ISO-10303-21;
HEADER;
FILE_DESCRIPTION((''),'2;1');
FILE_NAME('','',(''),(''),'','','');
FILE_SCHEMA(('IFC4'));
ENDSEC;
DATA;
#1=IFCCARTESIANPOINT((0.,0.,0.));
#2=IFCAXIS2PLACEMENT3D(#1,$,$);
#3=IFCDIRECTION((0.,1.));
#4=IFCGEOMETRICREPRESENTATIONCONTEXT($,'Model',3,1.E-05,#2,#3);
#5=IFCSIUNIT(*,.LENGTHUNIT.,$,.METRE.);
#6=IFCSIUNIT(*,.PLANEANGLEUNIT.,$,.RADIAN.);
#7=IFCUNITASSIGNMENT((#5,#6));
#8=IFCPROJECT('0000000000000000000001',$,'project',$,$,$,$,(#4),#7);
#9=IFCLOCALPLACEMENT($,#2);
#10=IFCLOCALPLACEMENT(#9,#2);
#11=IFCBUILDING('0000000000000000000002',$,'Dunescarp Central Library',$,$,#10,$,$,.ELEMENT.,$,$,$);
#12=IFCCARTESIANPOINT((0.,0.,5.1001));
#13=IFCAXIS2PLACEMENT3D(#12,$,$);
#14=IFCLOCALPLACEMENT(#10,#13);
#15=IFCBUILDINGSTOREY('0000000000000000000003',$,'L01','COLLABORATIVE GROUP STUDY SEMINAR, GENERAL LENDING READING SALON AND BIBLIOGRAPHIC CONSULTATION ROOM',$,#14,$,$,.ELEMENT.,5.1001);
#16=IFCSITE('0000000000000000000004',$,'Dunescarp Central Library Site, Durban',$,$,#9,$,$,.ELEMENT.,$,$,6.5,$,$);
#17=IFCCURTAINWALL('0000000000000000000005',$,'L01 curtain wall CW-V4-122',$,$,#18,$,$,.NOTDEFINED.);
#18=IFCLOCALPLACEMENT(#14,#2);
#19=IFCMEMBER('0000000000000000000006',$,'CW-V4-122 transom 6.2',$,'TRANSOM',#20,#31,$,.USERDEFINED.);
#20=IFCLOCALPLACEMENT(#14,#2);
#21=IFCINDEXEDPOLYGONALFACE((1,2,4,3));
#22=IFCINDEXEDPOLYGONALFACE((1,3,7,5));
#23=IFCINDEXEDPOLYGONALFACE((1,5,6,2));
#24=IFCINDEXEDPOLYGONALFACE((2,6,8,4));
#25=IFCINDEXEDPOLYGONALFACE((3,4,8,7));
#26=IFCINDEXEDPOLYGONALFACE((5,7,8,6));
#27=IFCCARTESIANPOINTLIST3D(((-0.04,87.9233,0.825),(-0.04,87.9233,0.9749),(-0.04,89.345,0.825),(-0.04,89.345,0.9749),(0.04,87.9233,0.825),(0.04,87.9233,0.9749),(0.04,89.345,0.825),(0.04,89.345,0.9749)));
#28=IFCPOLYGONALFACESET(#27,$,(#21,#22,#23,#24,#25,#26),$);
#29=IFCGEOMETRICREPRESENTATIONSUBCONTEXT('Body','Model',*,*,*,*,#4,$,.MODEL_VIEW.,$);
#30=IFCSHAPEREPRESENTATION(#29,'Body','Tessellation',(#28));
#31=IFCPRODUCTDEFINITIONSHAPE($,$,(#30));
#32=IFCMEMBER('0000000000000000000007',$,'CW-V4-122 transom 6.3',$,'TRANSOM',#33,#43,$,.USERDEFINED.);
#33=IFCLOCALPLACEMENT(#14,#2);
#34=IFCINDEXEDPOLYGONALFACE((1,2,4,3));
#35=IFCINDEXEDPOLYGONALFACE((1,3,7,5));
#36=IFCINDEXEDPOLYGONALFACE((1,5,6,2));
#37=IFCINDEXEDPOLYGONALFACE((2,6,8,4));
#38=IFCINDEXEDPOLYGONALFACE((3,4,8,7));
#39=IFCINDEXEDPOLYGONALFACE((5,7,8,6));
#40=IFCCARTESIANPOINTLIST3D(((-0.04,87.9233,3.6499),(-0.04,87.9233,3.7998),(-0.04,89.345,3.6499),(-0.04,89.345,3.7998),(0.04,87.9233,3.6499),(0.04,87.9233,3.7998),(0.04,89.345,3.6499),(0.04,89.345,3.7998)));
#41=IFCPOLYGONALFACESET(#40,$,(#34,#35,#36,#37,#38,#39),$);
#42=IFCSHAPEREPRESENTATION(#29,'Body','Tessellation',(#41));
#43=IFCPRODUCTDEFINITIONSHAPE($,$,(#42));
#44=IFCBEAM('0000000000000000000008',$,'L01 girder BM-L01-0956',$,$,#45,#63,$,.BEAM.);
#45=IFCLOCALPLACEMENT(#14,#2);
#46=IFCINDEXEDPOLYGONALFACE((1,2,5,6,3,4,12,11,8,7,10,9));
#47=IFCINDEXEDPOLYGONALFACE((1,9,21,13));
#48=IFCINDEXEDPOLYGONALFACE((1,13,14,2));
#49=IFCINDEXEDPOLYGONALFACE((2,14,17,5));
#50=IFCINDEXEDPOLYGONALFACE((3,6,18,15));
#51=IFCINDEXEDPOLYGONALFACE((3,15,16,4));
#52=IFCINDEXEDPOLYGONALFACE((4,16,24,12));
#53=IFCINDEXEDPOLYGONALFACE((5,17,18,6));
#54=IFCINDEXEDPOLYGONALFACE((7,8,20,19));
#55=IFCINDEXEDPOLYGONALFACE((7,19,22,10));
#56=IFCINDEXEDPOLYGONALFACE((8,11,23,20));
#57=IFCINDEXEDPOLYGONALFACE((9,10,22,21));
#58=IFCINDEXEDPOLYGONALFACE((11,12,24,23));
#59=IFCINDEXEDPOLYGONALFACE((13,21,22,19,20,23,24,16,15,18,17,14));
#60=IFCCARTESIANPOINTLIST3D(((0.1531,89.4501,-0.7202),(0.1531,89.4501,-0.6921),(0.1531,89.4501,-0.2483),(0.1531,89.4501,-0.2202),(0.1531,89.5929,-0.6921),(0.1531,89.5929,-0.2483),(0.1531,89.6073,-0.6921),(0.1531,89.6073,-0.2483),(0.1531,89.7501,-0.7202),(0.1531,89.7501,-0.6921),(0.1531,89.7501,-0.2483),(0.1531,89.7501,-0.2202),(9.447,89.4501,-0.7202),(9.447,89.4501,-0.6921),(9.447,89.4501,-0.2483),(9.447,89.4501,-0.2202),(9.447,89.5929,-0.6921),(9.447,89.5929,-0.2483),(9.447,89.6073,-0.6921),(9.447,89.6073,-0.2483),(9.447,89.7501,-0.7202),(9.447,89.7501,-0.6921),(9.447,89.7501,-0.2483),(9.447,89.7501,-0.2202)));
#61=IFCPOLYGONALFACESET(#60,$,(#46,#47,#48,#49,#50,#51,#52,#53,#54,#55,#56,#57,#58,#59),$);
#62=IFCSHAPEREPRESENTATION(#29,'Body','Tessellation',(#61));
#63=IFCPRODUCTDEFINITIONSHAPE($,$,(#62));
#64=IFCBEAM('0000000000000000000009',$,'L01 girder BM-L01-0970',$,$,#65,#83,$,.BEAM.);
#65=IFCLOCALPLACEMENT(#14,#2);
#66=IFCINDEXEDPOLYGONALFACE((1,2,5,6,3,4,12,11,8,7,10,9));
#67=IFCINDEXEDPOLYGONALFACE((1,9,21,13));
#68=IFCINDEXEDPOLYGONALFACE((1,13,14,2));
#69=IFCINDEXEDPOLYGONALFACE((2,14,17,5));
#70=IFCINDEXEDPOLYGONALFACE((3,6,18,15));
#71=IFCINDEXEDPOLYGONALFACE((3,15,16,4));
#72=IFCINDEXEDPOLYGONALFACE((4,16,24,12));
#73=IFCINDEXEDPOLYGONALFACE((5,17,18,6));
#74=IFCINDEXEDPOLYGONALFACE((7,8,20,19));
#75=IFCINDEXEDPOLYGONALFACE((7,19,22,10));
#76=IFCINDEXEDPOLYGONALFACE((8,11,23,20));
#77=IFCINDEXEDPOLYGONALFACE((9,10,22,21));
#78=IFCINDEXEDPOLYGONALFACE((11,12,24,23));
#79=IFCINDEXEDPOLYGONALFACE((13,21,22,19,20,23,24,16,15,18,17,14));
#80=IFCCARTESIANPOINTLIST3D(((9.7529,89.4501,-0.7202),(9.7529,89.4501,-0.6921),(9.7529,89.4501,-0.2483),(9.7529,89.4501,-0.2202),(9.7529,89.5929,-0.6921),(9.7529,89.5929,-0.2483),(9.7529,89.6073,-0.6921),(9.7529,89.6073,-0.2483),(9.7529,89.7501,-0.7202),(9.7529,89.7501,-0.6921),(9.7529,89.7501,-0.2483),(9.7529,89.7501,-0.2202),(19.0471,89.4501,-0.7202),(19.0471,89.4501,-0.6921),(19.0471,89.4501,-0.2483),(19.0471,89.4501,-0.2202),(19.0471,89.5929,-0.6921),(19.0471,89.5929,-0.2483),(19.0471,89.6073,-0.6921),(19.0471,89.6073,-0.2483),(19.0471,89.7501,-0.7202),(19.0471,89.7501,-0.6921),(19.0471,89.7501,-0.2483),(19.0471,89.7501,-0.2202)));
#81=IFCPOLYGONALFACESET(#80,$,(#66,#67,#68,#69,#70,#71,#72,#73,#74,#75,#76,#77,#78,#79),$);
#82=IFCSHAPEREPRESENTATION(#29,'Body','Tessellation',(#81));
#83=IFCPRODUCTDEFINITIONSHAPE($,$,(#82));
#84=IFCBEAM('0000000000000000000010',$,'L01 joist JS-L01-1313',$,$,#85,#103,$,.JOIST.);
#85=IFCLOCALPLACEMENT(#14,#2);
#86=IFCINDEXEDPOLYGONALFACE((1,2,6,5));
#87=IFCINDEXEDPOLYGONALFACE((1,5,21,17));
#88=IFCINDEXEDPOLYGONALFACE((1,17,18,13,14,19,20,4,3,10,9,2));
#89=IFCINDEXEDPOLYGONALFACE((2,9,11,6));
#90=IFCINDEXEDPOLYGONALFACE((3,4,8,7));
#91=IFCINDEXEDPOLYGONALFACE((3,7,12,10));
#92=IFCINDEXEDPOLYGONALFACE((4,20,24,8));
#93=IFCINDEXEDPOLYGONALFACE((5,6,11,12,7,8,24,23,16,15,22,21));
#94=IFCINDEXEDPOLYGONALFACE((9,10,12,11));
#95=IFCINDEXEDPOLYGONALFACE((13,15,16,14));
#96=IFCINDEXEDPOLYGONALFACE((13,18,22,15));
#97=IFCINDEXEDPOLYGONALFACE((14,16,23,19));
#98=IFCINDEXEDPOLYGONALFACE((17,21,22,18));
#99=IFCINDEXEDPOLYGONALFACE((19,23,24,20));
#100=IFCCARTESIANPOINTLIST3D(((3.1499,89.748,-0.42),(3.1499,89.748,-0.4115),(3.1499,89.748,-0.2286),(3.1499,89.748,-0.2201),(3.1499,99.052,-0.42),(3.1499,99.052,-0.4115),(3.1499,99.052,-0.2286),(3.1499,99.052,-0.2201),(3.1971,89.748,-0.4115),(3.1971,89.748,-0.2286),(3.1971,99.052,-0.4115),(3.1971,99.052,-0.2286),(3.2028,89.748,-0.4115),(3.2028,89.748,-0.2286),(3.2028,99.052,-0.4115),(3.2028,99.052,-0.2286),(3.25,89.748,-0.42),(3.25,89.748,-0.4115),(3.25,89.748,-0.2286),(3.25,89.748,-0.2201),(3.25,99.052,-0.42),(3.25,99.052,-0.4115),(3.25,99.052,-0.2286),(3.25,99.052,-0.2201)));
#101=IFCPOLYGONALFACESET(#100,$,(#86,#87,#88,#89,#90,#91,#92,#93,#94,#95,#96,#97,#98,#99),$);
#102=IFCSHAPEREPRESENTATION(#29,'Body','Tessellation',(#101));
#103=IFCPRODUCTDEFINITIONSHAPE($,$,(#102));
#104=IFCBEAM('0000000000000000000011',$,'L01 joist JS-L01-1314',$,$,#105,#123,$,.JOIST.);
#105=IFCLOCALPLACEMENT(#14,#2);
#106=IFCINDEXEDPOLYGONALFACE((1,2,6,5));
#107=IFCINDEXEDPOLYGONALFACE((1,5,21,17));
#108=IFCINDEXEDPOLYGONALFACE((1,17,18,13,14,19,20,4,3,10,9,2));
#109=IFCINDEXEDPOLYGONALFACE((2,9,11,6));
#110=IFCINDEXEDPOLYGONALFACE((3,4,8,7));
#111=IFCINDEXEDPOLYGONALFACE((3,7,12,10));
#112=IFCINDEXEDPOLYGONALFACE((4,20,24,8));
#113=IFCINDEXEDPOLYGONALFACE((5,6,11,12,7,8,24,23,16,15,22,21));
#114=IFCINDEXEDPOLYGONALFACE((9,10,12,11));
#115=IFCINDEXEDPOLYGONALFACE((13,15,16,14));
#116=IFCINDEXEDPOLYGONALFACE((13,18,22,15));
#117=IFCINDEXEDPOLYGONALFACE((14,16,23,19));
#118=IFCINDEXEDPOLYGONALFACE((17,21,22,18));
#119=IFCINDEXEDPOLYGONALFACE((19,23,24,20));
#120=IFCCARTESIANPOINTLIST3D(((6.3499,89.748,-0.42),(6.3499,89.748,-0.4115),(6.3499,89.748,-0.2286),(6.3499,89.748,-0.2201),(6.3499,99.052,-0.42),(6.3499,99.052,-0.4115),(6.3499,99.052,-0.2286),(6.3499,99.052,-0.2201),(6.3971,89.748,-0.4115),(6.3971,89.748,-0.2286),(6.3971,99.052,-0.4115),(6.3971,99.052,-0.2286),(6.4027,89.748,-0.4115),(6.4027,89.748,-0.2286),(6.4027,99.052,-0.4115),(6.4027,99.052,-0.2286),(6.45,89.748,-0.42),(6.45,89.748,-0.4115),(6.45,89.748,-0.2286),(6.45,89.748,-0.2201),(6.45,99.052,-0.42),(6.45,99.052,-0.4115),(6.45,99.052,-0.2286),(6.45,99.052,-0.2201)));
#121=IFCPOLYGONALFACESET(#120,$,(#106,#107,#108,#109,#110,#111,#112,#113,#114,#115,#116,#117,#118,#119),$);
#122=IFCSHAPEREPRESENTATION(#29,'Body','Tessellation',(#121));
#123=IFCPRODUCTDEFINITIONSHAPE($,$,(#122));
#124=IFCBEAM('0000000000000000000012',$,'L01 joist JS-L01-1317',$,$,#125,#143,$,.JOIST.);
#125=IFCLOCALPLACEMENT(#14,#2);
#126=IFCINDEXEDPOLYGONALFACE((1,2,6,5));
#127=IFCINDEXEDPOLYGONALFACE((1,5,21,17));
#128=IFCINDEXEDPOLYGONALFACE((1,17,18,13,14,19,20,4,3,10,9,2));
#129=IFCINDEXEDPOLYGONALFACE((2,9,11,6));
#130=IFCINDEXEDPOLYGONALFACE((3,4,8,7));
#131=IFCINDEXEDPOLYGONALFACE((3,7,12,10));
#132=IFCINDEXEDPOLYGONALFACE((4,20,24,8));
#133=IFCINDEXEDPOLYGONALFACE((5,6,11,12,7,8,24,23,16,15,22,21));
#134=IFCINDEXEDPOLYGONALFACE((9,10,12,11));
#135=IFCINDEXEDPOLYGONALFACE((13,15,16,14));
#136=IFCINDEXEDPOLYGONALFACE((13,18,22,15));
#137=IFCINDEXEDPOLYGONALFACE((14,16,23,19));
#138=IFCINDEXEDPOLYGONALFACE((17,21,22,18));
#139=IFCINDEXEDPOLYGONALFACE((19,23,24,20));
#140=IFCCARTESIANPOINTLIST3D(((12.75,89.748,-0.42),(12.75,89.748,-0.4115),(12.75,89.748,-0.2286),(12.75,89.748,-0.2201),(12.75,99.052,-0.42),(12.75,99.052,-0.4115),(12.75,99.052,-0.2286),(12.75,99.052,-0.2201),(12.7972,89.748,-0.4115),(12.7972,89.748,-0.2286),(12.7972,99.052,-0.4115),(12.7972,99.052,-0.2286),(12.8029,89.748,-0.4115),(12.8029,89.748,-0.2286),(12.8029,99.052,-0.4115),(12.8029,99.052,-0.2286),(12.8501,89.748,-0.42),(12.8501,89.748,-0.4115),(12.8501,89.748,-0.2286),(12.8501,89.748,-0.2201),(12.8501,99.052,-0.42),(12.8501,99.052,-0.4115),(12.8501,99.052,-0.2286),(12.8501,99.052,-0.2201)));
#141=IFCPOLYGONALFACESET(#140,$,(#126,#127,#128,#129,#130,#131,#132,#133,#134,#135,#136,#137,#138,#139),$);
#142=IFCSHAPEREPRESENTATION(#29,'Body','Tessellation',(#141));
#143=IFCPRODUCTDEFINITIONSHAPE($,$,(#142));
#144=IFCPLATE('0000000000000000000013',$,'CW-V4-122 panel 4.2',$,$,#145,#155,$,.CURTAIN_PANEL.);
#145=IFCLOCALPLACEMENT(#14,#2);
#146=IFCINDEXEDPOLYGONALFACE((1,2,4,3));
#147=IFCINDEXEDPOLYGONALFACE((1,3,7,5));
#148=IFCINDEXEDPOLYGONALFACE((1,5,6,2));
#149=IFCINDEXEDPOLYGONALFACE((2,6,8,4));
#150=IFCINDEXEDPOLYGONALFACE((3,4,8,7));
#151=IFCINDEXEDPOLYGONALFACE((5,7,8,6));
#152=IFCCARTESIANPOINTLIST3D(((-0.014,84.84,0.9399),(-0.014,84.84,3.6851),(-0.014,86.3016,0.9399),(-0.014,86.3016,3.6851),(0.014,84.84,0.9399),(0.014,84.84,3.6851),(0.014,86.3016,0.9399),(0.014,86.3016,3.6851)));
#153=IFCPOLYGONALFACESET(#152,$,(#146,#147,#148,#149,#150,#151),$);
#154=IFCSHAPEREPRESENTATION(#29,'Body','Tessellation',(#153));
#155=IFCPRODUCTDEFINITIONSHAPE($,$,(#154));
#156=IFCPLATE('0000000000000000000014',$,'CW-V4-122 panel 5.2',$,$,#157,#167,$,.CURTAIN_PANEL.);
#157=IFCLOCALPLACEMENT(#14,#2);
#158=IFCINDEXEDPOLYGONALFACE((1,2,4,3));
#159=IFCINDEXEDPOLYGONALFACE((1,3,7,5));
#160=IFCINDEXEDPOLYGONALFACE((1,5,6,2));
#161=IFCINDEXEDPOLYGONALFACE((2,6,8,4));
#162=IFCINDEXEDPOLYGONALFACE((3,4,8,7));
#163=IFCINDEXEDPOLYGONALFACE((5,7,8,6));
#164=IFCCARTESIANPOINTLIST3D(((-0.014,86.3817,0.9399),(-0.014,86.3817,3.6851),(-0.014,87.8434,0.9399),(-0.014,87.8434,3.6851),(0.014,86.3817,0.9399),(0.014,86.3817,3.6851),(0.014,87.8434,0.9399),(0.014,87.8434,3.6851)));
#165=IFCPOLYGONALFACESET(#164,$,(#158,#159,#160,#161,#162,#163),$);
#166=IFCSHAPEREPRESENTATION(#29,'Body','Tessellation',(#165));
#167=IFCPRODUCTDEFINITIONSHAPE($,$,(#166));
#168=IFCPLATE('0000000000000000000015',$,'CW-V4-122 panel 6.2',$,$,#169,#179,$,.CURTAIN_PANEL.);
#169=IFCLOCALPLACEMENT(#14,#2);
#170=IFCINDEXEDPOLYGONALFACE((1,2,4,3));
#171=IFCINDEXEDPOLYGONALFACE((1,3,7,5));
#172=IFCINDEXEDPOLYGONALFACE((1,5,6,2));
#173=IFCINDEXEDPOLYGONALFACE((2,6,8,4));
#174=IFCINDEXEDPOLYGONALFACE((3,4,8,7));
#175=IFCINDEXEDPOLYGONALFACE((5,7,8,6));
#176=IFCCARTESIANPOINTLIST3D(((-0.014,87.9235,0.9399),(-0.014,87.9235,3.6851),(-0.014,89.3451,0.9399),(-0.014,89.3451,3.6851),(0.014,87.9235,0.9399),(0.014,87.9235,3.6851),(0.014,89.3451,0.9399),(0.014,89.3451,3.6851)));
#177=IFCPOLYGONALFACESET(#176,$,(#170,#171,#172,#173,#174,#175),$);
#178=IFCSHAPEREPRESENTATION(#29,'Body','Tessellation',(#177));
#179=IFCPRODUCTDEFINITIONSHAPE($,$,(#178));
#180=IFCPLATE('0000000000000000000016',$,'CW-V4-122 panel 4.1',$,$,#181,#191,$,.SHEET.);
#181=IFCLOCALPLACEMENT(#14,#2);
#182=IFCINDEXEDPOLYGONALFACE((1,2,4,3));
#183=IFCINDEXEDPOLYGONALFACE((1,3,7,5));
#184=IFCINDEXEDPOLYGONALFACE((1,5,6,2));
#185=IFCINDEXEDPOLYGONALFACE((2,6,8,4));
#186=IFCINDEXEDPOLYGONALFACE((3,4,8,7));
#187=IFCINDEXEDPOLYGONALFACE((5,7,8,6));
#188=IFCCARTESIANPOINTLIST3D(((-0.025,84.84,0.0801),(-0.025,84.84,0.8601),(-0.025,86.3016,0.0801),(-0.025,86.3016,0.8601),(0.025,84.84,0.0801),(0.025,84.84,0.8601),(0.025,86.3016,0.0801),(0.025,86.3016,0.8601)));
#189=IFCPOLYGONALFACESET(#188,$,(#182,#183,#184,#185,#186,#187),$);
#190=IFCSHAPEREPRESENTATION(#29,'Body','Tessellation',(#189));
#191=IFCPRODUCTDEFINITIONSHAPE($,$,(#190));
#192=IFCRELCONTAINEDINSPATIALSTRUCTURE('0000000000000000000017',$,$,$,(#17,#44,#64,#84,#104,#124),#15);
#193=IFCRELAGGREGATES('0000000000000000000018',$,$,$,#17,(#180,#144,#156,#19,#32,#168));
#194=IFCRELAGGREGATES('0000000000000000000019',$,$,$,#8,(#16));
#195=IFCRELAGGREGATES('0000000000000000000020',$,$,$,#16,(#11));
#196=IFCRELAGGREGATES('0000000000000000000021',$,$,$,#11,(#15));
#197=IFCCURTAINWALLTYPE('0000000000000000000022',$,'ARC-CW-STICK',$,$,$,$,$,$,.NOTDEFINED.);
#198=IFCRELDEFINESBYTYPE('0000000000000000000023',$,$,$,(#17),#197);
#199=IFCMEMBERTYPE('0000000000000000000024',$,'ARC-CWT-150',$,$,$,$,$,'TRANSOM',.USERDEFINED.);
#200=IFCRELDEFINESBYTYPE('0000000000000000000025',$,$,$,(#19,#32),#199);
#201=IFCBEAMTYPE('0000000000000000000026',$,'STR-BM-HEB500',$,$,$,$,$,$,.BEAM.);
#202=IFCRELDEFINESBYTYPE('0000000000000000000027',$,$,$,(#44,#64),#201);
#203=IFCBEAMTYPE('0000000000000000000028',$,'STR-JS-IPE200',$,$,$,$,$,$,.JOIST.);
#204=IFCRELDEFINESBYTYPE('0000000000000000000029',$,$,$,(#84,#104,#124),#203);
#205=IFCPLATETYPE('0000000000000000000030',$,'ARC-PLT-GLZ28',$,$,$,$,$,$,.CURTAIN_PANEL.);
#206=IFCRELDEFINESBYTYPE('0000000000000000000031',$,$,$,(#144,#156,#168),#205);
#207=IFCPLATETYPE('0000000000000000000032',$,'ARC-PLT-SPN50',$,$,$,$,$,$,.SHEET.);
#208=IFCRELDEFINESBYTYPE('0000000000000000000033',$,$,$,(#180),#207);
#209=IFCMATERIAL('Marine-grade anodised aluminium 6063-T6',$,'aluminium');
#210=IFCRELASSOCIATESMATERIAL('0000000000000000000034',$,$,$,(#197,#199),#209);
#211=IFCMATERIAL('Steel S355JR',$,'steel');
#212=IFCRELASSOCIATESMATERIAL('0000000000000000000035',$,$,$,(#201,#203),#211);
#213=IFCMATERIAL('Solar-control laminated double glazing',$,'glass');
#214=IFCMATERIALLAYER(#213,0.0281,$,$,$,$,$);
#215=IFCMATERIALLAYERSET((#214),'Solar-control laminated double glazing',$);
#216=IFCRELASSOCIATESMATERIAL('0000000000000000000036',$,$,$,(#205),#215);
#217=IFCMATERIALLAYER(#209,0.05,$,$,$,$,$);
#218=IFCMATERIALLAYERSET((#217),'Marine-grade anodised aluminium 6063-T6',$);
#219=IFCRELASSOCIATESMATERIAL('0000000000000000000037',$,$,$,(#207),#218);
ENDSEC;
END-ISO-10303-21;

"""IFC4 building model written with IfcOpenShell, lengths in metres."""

from ifc_helpers import new_model, si_unit, direction, frame, origin, origin_2d, place, context, subcontext, project, spatial, rectangle, i_section, extrude, material, layer, layer_set, material_profile, profile_set, type_object, element, aggregate, save


model = new_model("IFC4")

# Units and contexts
model_context = context("Model", 3, precision=1e-05, world=origin(), true_north=direction((0.0, 1.0)))
body_context = subcontext(model_context, "Body", "Model", "MODEL_VIEW")
ifc_project = project(units=[si_unit("LENGTHUNIT", "METRE"), si_unit("PLANEANGLEUNIT", "RADIAN")], contexts=[model_context])

# Site, building, storey
site_placement = place(None, origin())
site = spatial("IfcSite", under=ifc_project, at=site_placement, Name="Dunescarp Central Library Site, Durban", CompositionType="ELEMENT", RefElevation=6.5)
building_placement = place(site_placement, origin())
building = spatial("IfcBuilding", under=site, at=building_placement, Name="Dunescarp Central Library", CompositionType="ELEMENT")
storey_placement = place(building_placement, frame((0.0, 0.0, 5.1001)))
storey = spatial("IfcBuildingStorey", under=building, at=storey_placement, Name="L01", Description="COLLABORATIVE GROUP STUDY SEMINAR, GENERAL LENDING READING SALON AND BIBLIOGRAPHIC CONSULTATION ROOM", CompositionType="ELEMENT", Elevation=5.1001)

# Shared definitions
ifc_material_1 = material(Name="Steel S355JR", Category="steel")

# Curtain wall, members
ifc_material_2 = material(Name="Marine-grade anodised aluminium 6063-T6", Category="aluminium")
curtain_wall_type = type_object("IfcCurtainWallType", Name="ARC-CW-STICK", PredefinedType="NOTDEFINED", material=ifc_material_2)
curtain_wall_placement = place(storey_placement, origin())
curtain_wall = element("IfcCurtainWall", 1, at=curtain_wall_placement, inside=storey, type_object=curtain_wall_type, Name="L01 curtain wall CW-V4-122", PredefinedType="NOTDEFINED")
ifc_material_profile_1 = material_profile(ifc_material_2, rectangle(XDim=0.0801, YDim=0.1499, at=origin_2d()), Name="AL 80x150")
ifc_profile_set_1 = profile_set([ifc_material_profile_1], Name="Marine-grade anodised aluminium 6063-T6")
member_type_1 = type_object("IfcMemberType", Name="ARC-CWT-150", ElementType="TRANSOM", PredefinedType="USERDEFINED", material=ifc_profile_set_1)
member_1_placement = place(storey_placement, frame((0.0, 87.9233, 0.8999), z_axis=(0.0, 1.0, 0.0), x_axis=(-1.0, 0.0, 0.0)))
member_1 = element("IfcMember", 2, at=member_1_placement, type_object=member_type_1, Name="CW-V4-122 transom 6.2", ObjectType="TRANSOM", PredefinedType="USERDEFINED", context=body_context, shape_type="SweptSolid", body=[
    extrude(rectangle(XDim=0.0801, YDim=0.1499, at=origin_2d()), origin(), (0.0, 0.0, 1.0), 1.4216),
])
member_2_placement = place(storey_placement, frame((0.0, 87.9233, 3.7249), z_axis=(0.0, 1.0, 0.0), x_axis=(-1.0, 0.0, 0.0)))
member_2 = element("IfcMember", 3, at=member_2_placement, type_object=member_type_1, Name="CW-V4-122 transom 6.3", ObjectType="TRANSOM", PredefinedType="USERDEFINED", context=body_context, shape_type="SweptSolid", body=[
    extrude(rectangle(XDim=0.0801, YDim=0.1499, at=origin_2d()), origin(), (0.0, 0.0, 1.0), 1.4216),
])

# Beams
ifc_material_profile_2 = material_profile(ifc_material_1, i_section(OverallWidth=0.3, OverallDepth=0.5, WebThickness=0.0144, FlangeThickness=0.0281, at=origin_2d()), Name="HEB 500")
ifc_profile_set_2 = profile_set([ifc_material_profile_2], Name="Steel S355JR")
beam_type_1 = type_object("IfcBeamType", Name="STR-BM-HEB500", PredefinedType="BEAM", material=ifc_profile_set_2)
beam_1_placement = place(storey_placement, frame((0.1531, 89.6001, -0.4702), z_axis=(1.0, 0.0, 0.0), x_axis=(0.0, 1.0, 0.0)))
element("IfcBeam", 4, at=beam_1_placement, inside=storey, type_object=beam_type_1, Name="L01 girder BM-L01-0956", PredefinedType="BEAM", context=body_context, shape_type="SweptSolid", body=[
    extrude(i_section(OverallWidth=0.3, OverallDepth=0.5, WebThickness=0.0144, FlangeThickness=0.0281, at=origin_2d()), origin(), (0.0, 0.0, 1.0), 9.2939),
])
beam_2_placement = place(storey_placement, frame((9.7529, 89.6001, -0.4702), z_axis=(1.0, 0.0, 0.0), x_axis=(0.0, 1.0, 0.0)))
element("IfcBeam", 5, at=beam_2_placement, inside=storey, type_object=beam_type_1, Name="L01 girder BM-L01-0970", PredefinedType="BEAM", context=body_context, shape_type="SweptSolid", body=[
    extrude(i_section(OverallWidth=0.3, OverallDepth=0.5, WebThickness=0.0144, FlangeThickness=0.0281, at=origin_2d()), origin(), (0.0, 0.0, 1.0), 9.2942),
])
ifc_material_profile_3 = material_profile(ifc_material_1, i_section(OverallWidth=0.1001, OverallDepth=0.2, WebThickness=0.0056, FlangeThickness=0.0085, at=origin_2d()), Name="IPE 200")
ifc_profile_set_3 = profile_set([ifc_material_profile_3], Name="Steel S355JR")
beam_type_2 = type_object("IfcBeamType", Name="STR-JS-IPE200", PredefinedType="JOIST", material=ifc_profile_set_3)
for number, where, z_axis, x_axis, name in (
    (6, (3.2, 89.748, -0.3201), (0.0, 1.0, 0.0), (-1.0, 0.0, 0.0), "L01 joist JS-L01-1313"),
    (7, (6.3999, 89.748, -0.3201), (0.0, 1.0, 0.0), (-1.0, 0.0, 0.0), "L01 joist JS-L01-1314"),
    (8, (12.8, 89.748, -0.3201), (0.0, 1.0, 0.0), (-1.0, 0.0, 0.0), "L01 joist JS-L01-1317"),
):
    element("IfcBeam", number, at=place(storey_placement, frame(where, z_axis=z_axis, x_axis=x_axis)), inside=storey, type_object=beam_type_2, Name=name, PredefinedType="JOIST", context=body_context, shape_type="SweptSolid", body=[
        extrude(i_section(OverallWidth=0.1001, OverallDepth=0.2, WebThickness=0.0056, FlangeThickness=0.0085, at=origin_2d()), origin(), (0.0, 0.0, 1.0), 9.304),
    ])

# Plates
ifc_material_3 = material(Name="Solar-control laminated double glazing", Category="glass")
ifc_layer_1 = layer(ifc_material_3, 0.0281)
ifc_layer_set_1 = layer_set([ifc_layer_1], Name="Solar-control laminated double glazing")
plate_type_1 = type_object("IfcPlateType", Name="ARC-PLT-GLZ28", PredefinedType="CURTAIN_PANEL", material=ifc_layer_set_1)
plate_1_placement = place(storey_placement, frame((0.0, 85.5708, 0.9399), z_axis=(0.0, 0.0, 1.0), x_axis=(0.0, 1.0, 0.0)))
plate_1 = element("IfcPlate", 9, at=plate_1_placement, type_object=plate_type_1, Name="CW-V4-122 panel 4.2", PredefinedType="CURTAIN_PANEL", context=body_context, shape_type="SweptSolid", body=[
    extrude(rectangle(XDim=1.4617, YDim=0.0281, at=origin_2d()), origin(), (0.0, 0.0, 1.0), 2.7451),
])
plate_2_placement = place(storey_placement, frame((0.0, 87.1125, 0.9399), z_axis=(0.0, 0.0, 1.0), x_axis=(0.0, 1.0, 0.0)))
plate_2 = element("IfcPlate", 10, at=plate_2_placement, type_object=plate_type_1, Name="CW-V4-122 panel 5.2", PredefinedType="CURTAIN_PANEL", context=body_context, shape_type="SweptSolid", body=[
    extrude(rectangle(XDim=1.4617, YDim=0.0281, at=origin_2d()), origin(), (0.0, 0.0, 1.0), 2.7451),
])
plate_3_placement = place(storey_placement, frame((0.0, 88.6343, 0.9399), z_axis=(0.0, 0.0, 1.0), x_axis=(0.0, 1.0, 0.0)))
plate_3 = element("IfcPlate", 11, at=plate_3_placement, type_object=plate_type_1, Name="CW-V4-122 panel 6.2", PredefinedType="CURTAIN_PANEL", context=body_context, shape_type="SweptSolid", body=[
    extrude(rectangle(XDim=1.4216, YDim=0.0281, at=origin_2d()), origin(), (0.0, 0.0, 1.0), 2.7451),
])
ifc_layer_2 = layer(ifc_material_2, 0.05)
ifc_layer_set_2 = layer_set([ifc_layer_2], Name="Marine-grade anodised aluminium 6063-T6")
plate_type_2 = type_object("IfcPlateType", Name="ARC-PLT-SPN50", PredefinedType="SHEET", material=ifc_layer_set_2)
plate_4_placement = place(storey_placement, frame((0.0, 85.5708, 0.0801), z_axis=(0.0, 0.0, 1.0), x_axis=(0.0, 1.0, 0.0)))
plate_4 = element("IfcPlate", 12, at=plate_4_placement, type_object=plate_type_2, Name="CW-V4-122 panel 4.1", PredefinedType="SHEET", context=body_context, shape_type="SweptSolid", body=[
    extrude(rectangle(XDim=1.4617, YDim=0.05, at=origin_2d()), origin(), (0.0, 0.0, 1.0), 0.78),
])
aggregate(curtain_wall, [plate_4, plate_1, plate_2, member_1, member_2, plate_3])

save(model, "model.ifc")
